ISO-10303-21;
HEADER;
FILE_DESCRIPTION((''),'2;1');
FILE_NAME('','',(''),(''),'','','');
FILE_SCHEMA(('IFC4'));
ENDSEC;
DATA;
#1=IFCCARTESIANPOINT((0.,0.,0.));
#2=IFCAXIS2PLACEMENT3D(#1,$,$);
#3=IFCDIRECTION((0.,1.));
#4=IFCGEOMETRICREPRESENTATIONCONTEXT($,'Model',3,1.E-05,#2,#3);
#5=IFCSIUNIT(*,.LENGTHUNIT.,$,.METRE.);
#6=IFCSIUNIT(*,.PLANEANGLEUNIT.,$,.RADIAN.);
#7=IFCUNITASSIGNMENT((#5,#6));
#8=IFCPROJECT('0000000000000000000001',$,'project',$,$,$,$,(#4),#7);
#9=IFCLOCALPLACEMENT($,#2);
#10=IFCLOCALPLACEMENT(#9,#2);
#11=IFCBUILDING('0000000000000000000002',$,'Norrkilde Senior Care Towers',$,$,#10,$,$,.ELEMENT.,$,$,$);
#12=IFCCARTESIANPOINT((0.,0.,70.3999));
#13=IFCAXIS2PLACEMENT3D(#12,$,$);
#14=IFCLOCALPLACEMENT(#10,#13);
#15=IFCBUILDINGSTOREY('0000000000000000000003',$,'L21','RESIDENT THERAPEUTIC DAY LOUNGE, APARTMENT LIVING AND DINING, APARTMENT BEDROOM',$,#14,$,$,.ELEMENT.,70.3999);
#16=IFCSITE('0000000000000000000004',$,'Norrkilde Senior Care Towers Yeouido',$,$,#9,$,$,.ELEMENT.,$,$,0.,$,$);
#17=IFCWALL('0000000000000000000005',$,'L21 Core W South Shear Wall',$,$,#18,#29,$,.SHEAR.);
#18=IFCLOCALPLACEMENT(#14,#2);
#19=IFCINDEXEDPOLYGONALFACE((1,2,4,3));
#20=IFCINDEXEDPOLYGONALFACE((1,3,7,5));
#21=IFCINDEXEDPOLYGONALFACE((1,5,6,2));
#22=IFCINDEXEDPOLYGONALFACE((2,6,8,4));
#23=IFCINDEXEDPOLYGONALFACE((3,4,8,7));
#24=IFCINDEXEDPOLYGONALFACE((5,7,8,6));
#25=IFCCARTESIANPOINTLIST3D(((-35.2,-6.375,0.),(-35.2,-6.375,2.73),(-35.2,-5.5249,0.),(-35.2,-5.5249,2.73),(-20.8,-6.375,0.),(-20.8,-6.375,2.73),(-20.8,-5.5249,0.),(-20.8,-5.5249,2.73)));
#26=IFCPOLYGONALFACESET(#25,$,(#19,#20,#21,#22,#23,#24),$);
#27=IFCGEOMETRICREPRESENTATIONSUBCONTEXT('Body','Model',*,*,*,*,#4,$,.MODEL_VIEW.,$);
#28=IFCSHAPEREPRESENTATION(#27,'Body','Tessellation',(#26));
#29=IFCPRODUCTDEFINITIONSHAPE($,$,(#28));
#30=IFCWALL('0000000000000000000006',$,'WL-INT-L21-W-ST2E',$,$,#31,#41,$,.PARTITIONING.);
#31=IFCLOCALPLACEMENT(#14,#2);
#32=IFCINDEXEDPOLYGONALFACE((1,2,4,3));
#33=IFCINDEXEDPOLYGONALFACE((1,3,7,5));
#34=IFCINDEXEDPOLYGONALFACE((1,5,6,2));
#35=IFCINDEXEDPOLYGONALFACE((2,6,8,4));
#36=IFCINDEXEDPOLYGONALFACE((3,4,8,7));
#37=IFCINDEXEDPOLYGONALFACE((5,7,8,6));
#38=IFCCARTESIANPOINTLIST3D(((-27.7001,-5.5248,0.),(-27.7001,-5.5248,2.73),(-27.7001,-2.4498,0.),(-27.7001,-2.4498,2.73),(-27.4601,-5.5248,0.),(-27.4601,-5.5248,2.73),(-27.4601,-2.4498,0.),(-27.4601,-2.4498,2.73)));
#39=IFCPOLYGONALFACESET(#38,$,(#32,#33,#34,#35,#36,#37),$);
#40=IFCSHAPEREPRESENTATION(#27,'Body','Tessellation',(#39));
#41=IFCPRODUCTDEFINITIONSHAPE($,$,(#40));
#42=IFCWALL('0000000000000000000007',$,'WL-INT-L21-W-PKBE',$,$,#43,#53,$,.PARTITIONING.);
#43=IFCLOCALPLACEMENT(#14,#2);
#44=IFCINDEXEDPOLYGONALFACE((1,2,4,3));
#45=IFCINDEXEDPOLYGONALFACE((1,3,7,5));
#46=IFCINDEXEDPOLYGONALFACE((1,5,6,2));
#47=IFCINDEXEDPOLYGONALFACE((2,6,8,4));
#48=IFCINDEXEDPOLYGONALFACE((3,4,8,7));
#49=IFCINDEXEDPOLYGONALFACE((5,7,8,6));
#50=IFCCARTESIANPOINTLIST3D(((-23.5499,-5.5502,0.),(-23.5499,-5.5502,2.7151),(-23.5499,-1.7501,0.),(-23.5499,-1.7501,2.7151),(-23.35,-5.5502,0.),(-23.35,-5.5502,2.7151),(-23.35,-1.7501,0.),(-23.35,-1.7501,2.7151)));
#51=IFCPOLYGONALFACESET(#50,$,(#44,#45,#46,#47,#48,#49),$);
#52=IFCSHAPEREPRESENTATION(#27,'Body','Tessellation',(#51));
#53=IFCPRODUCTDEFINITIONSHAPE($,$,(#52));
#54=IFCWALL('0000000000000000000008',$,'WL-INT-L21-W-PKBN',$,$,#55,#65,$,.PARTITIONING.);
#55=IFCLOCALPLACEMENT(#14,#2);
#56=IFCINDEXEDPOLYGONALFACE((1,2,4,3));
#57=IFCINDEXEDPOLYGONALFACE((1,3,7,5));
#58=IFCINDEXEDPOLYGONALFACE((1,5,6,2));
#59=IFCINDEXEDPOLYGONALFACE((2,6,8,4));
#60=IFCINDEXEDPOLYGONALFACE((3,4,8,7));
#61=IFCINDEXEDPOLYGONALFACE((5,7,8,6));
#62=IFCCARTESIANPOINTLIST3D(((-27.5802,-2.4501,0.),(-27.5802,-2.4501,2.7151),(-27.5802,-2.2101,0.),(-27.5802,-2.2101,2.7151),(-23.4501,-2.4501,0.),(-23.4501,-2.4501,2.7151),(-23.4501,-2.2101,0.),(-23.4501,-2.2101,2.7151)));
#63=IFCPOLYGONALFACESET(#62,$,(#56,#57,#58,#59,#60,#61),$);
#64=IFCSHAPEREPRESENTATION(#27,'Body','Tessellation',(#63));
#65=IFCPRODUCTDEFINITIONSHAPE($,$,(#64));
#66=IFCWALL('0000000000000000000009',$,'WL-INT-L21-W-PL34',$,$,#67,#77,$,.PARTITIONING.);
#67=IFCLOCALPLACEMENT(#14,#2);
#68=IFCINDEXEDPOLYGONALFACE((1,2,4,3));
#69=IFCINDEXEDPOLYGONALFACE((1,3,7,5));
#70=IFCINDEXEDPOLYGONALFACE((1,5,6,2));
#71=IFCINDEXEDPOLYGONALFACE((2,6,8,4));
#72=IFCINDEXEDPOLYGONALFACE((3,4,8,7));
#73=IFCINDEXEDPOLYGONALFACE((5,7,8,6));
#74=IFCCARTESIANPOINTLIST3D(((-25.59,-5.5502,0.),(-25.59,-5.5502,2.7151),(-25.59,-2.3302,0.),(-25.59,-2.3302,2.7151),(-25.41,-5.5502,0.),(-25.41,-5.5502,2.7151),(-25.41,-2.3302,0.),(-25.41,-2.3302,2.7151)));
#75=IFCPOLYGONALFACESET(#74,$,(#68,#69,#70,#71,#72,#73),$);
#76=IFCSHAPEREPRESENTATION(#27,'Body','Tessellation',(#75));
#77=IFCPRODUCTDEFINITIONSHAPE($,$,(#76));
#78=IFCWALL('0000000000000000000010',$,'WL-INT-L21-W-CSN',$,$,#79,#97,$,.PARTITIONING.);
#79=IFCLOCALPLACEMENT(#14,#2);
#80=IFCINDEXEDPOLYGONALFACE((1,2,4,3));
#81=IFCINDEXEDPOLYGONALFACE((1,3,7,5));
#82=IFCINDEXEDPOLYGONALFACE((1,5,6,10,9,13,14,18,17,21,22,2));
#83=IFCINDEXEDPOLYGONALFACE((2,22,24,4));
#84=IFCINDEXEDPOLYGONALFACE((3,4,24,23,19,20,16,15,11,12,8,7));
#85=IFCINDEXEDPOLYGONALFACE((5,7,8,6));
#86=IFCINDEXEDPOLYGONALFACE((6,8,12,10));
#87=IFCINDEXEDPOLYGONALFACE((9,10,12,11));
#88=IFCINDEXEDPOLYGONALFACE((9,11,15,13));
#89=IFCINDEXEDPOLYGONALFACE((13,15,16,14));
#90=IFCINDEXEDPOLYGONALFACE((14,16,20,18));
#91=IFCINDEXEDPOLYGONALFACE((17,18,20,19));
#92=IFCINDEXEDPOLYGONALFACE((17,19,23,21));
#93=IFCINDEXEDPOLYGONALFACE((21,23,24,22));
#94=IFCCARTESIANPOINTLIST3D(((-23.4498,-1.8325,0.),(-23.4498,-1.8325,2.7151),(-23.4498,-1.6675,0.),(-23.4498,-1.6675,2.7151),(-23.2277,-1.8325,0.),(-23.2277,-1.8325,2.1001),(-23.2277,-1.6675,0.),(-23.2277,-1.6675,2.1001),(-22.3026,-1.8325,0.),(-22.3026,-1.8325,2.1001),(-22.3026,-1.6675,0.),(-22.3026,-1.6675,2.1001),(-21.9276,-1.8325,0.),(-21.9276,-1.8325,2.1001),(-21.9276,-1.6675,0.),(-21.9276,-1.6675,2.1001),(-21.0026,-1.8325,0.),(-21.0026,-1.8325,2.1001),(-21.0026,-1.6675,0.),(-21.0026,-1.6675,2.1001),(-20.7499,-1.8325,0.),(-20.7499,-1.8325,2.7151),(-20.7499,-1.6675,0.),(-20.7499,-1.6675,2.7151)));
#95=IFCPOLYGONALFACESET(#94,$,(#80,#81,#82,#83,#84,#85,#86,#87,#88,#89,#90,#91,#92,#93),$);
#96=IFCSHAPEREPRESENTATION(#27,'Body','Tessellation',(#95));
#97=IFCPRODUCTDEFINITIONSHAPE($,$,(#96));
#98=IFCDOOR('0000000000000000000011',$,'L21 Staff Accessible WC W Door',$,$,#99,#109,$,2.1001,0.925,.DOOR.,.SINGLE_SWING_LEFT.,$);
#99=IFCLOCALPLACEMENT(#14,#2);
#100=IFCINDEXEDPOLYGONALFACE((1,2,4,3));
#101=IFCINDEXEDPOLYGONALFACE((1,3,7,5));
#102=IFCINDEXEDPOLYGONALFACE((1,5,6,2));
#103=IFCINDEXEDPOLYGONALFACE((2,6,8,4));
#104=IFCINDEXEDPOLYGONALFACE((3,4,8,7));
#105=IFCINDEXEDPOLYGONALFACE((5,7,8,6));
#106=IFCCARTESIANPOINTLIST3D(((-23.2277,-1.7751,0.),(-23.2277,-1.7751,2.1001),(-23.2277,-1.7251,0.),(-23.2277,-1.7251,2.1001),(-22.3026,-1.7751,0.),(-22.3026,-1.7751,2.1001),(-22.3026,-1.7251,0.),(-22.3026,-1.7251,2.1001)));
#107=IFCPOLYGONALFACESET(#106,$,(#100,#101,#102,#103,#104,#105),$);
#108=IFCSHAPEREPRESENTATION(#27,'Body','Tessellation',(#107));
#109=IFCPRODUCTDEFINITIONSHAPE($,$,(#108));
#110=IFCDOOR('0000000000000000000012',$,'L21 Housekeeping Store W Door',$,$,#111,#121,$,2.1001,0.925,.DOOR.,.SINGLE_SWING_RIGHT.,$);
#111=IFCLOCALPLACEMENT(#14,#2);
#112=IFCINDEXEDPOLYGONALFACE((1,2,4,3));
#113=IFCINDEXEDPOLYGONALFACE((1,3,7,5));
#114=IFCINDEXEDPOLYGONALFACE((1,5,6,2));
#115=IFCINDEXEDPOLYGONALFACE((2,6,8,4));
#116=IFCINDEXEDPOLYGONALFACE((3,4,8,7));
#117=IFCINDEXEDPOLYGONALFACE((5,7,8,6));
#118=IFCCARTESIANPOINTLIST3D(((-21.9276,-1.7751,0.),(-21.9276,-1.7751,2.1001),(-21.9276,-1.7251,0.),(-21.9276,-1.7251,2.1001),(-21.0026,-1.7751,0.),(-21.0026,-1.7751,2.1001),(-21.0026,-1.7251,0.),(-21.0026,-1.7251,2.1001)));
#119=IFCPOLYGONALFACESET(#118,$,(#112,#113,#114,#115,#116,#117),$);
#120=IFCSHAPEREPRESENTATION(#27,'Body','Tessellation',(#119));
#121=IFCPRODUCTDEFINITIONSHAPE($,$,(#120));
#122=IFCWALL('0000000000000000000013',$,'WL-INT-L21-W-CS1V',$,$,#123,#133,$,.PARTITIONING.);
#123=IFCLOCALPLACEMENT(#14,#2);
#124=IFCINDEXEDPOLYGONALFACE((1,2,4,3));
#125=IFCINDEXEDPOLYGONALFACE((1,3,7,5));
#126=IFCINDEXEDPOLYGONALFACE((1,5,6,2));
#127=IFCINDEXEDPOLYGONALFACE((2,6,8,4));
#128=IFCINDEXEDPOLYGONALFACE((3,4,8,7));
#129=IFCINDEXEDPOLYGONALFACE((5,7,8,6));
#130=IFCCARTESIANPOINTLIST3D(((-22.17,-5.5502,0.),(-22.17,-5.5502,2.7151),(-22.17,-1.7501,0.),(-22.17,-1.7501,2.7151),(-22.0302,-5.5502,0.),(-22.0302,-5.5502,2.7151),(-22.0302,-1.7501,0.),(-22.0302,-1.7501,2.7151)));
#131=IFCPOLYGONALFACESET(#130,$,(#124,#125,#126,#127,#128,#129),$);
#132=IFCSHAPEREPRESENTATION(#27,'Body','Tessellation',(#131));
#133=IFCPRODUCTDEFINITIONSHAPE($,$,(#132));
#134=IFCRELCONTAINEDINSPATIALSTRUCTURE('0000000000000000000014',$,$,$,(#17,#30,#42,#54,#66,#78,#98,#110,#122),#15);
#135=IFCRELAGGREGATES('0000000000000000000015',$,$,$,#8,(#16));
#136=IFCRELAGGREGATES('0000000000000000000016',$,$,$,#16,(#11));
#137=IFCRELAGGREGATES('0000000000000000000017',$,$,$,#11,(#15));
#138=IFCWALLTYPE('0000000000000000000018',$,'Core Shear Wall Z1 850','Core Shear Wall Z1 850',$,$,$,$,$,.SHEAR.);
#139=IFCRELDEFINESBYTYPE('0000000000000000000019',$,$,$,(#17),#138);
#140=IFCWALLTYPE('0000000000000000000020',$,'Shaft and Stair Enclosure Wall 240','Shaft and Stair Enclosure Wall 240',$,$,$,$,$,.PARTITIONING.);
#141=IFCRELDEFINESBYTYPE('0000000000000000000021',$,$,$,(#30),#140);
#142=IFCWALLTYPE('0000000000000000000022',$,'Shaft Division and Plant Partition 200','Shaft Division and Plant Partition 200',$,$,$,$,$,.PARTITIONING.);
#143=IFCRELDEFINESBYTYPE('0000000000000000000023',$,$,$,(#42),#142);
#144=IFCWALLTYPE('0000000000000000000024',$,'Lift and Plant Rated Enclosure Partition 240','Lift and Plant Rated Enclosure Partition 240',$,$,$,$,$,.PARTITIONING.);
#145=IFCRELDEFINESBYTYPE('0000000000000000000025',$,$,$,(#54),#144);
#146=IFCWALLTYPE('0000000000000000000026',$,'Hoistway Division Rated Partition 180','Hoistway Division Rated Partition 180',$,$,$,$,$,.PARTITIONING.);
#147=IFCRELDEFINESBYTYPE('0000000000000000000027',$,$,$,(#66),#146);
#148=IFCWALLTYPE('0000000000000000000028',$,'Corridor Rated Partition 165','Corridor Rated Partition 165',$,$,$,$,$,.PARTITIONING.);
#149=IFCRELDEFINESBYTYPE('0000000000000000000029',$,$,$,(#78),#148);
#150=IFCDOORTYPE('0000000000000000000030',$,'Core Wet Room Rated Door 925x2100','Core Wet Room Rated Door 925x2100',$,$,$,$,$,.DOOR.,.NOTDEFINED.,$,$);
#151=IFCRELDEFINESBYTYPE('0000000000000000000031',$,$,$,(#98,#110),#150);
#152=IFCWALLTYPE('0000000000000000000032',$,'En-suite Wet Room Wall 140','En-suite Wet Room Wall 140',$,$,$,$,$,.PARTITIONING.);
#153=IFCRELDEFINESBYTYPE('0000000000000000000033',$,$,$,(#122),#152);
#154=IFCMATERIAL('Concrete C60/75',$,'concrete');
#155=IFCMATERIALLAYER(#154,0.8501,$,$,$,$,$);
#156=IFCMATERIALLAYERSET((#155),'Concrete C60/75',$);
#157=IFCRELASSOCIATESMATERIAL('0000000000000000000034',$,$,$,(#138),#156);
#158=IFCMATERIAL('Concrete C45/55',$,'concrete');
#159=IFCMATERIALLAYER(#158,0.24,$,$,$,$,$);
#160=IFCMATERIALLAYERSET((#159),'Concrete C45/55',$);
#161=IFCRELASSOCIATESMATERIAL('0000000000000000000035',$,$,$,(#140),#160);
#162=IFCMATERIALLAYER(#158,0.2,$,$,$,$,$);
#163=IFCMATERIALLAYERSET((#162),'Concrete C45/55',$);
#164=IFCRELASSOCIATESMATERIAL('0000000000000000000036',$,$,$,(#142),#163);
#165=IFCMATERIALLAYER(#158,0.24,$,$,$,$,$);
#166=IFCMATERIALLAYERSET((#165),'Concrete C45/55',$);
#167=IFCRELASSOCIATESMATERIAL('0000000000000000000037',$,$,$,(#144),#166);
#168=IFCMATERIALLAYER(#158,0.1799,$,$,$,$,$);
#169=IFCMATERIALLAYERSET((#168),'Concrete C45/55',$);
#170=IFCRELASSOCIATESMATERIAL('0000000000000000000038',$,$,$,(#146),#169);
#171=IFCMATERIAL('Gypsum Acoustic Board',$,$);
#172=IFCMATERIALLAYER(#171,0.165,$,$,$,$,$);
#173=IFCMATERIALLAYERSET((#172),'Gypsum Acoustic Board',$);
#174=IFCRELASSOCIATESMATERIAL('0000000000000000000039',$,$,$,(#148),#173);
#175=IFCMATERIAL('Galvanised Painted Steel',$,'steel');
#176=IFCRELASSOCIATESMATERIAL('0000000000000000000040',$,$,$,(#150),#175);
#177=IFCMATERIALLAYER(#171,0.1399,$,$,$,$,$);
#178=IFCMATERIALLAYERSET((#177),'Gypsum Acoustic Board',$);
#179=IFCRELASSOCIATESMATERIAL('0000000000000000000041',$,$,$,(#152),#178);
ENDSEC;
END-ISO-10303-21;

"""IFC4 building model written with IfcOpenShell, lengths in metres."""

from ifc_helpers import new_model, si_unit, direction, frame, frame_2d, origin, place, context, subcontext, project, spatial, rectangle, extrude, source, transform, mapped, material, layer, layer_set, type_object, type_shapes, element, fill, save


model = new_model("IFC4")

# Units and contexts
model_context = context("Model", 3, precision=1e-05, world=origin(), true_north=direction((0.0, 1.0)))
body_context = subcontext(model_context, "Body", "Model", "MODEL_VIEW")
ifc_project = project(units=[si_unit("LENGTHUNIT", "METRE"), si_unit("PLANEANGLEUNIT", "RADIAN")], contexts=[model_context])

# Site, building, storey
site_placement = place(None, origin())
site = spatial("IfcSite", under=ifc_project, at=site_placement, Name="Norrkilde Senior Care Towers Yeouido", CompositionType="ELEMENT", RefElevation=0.0)
building_placement = place(site_placement, origin())
building = spatial("IfcBuilding", under=site, at=building_placement, Name="Norrkilde Senior Care Towers", CompositionType="ELEMENT")
storey_placement = place(building_placement, frame((0.0, 0.0, 70.3999)))
storey = spatial("IfcBuildingStorey", under=building, at=storey_placement, Name="L21", Description="RESIDENT THERAPEUTIC DAY LOUNGE, APARTMENT LIVING AND DINING, APARTMENT BEDROOM", CompositionType="ELEMENT", Elevation=70.3999)

# Shared definitions
ifc_material_1 = material(Name="Concrete C60/75", Category="concrete")

# Walls
ifc_layer_1 = layer(ifc_material_1, 0.8501)
ifc_layer_set_1 = layer_set([ifc_layer_1], Name="Concrete C60/75")
wall_type_1 = type_object("IfcWallType", Name="Core Shear Wall Z1 850", Description="Core Shear Wall Z1 850", PredefinedType="SHEAR", material=ifc_layer_set_1)
shared_shape_1 = source(origin(), body_context, "Body", "SweptSolid", [
    extrude(rectangle(XDim=14.3999, YDim=0.8501, at=frame_2d((7.2, 0.0))), origin(), (0.0, 0.0, 1.0), 2.73),
])
type_shapes(wall_type_1, [shared_shape_1])
wall_1_placement = place(storey_placement, frame((-20.8, -5.95, 0.0), z_axis=(0.0, 0.0, 1.0), x_axis=(-1.0, 0.0, 0.0)))
element("IfcWall", 1, at=wall_1_placement, inside=storey, type_object=wall_type_1, Name="L21 Core W South Shear Wall", PredefinedType="SHEAR", context=body_context, shape_type="MappedRepresentation", body=[
    mapped(shared_shape_1, transform((0.0, 0.0, 0.0), x_axis=(1.0, 0.0, 0.0), y_axis=(0.0, 1.0, 0.0), z_axis=(0.0, 0.0, 1.0), scale=1.0)),
])
ifc_material_2 = material(Name="Concrete C45/55", Category="concrete")
ifc_layer_2 = layer(ifc_material_2, 0.24)
ifc_layer_set_2 = layer_set([ifc_layer_2], Name="Concrete C45/55")
wall_type_2 = type_object("IfcWallType", Name="Shaft and Stair Enclosure Wall 240", Description="Shaft and Stair Enclosure Wall 240", PredefinedType="PARTITIONING", material=ifc_layer_set_2)
shared_shape_2 = source(origin(), body_context, "Body", "SweptSolid", [
    extrude(rectangle(XDim=3.075, YDim=0.24, at=frame_2d((1.5376, 0.0))), origin(), (0.0, 0.0, 1.0), 2.73),
])
type_shapes(wall_type_2, [shared_shape_2])
wall_2_placement = place(storey_placement, frame((-27.5801, -5.5249, 0.0), z_axis=(0.0, 0.0, 1.0), x_axis=(0.0, 1.0, 0.0)))
element("IfcWall", 2, at=wall_2_placement, inside=storey, type_object=wall_type_2, Name="WL-INT-L21-W-ST2E", PredefinedType="PARTITIONING", context=body_context, shape_type="MappedRepresentation", body=[
    mapped(shared_shape_2, transform((0.0, 0.0, 0.0), x_axis=(1.0, 0.0, 0.0), y_axis=(0.0, 1.0, 0.0), z_axis=(0.0, 0.0, 1.0), scale=1.0)),
])
ifc_layer_3 = layer(ifc_material_2, 0.2)
ifc_layer_set_3 = layer_set([ifc_layer_3], Name="Concrete C45/55")
wall_type_3 = type_object("IfcWallType", Name="Shaft Division and Plant Partition 200", Description="Shaft Division and Plant Partition 200", PredefinedType="PARTITIONING", material=ifc_layer_set_3)
shared_shape_3 = source(origin(), body_context, "Body", "SweptSolid", [
    extrude(rectangle(XDim=3.8, YDim=0.2, at=frame_2d((1.8999, 0.0))), origin(), (0.0, 0.0, 1.0), 2.7151),
])
type_shapes(wall_type_3, [shared_shape_3])
wall_3_placement = place(storey_placement, frame((-23.45, -5.55, 0.0), z_axis=(0.0, 0.0, 1.0), x_axis=(0.0, 1.0, 0.0)))
element("IfcWall", 3, at=wall_3_placement, inside=storey, type_object=wall_type_3, Name="WL-INT-L21-W-PKBE", PredefinedType="PARTITIONING", context=body_context, shape_type="MappedRepresentation", body=[
    mapped(shared_shape_3, transform((0.0, 0.0, 0.0), x_axis=(1.0, 0.0, 0.0), y_axis=(0.0, 1.0, 0.0), z_axis=(0.0, 0.0, 1.0), scale=1.0)),
])
ifc_layer_4 = layer(ifc_material_2, 0.24)
ifc_layer_set_4 = layer_set([ifc_layer_4], Name="Concrete C45/55")
wall_type_4 = type_object("IfcWallType", Name="Lift and Plant Rated Enclosure Partition 240", Description="Lift and Plant Rated Enclosure Partition 240", PredefinedType="PARTITIONING", material=ifc_layer_set_4)
shared_shape_4 = source(origin(), body_context, "Body", "SweptSolid", [
    extrude(rectangle(XDim=4.1301, YDim=0.24, at=frame_2d((2.0649, 0.0))), origin(), (0.0, 0.0, 1.0), 2.7151),
])
type_shapes(wall_type_4, [shared_shape_4])
wall_4_placement = place(storey_placement, frame((-27.5801, -2.3301, 0.0), z_axis=(0.0, 0.0, 1.0), x_axis=(1.0, 0.0, 0.0)))
element("IfcWall", 4, at=wall_4_placement, inside=storey, type_object=wall_type_4, Name="WL-INT-L21-W-PKBN", PredefinedType="PARTITIONING", context=body_context, shape_type="MappedRepresentation", body=[
    mapped(shared_shape_4, transform((0.0, 0.0, 0.0), x_axis=(1.0, 0.0, 0.0), y_axis=(0.0, 1.0, 0.0), z_axis=(0.0, 0.0, 1.0), scale=1.0)),
])
ifc_layer_5 = layer(ifc_material_2, 0.1799)
ifc_layer_set_5 = layer_set([ifc_layer_5], Name="Concrete C45/55")
wall_type_5 = type_object("IfcWallType", Name="Hoistway Division Rated Partition 180", Description="Hoistway Division Rated Partition 180", PredefinedType="PARTITIONING", material=ifc_layer_set_5)
shared_shape_5 = source(origin(), body_context, "Body", "SweptSolid", [
    extrude(rectangle(XDim=3.22, YDim=0.1799, at=frame_2d((1.6099, 0.0))), origin(), (0.0, 0.0, 1.0), 2.7151),
])
type_shapes(wall_type_5, [shared_shape_5])
wall_5_placement = place(storey_placement, frame((-25.5, -5.55, 0.0), z_axis=(0.0, 0.0, 1.0), x_axis=(0.0, 1.0, 0.0)))
element("IfcWall", 5, at=wall_5_placement, inside=storey, type_object=wall_type_5, Name="WL-INT-L21-W-PL34", PredefinedType="PARTITIONING", context=body_context, shape_type="MappedRepresentation", body=[
    mapped(shared_shape_5, transform((0.0, 0.0, 0.0), x_axis=(1.0, 0.0, 0.0), y_axis=(0.0, 1.0, 0.0), z_axis=(0.0, 0.0, 1.0), scale=1.0)),
])

# Wall, openings, doors
ifc_material_3 = material(Name="Gypsum Acoustic Board")
ifc_layer_6 = layer(ifc_material_3, 0.165)
ifc_layer_set_6 = layer_set([ifc_layer_6], Name="Gypsum Acoustic Board")
wall_type_6 = type_object("IfcWallType", Name="Corridor Rated Partition 165", Description="Corridor Rated Partition 165", PredefinedType="PARTITIONING", material=ifc_layer_set_6)
shared_shape_6 = source(origin(), body_context, "Body", "SweptSolid", [
    extrude(rectangle(XDim=2.7, YDim=0.165, at=frame_2d((1.3501, 0.0))), origin(), (0.0, 0.0, 1.0), 2.7151),
])
wall_6_placement = place(storey_placement, frame((-23.45, -1.75, 0.0), z_axis=(0.0, 0.0, 1.0), x_axis=(1.0, 0.0, 0.0)))
wall_6 = element("IfcWall", 6, at=wall_6_placement, inside=storey, type_object=wall_type_6, Name="WL-INT-L21-W-CSN", PredefinedType="PARTITIONING", context=body_context, shape_type="MappedRepresentation", body=[
    mapped(shared_shape_6, transform((0.0, 0.0, 0.0), x_axis=(1.0, 0.0, 0.0), y_axis=(0.0, 1.0, 0.0), z_axis=(0.0, 0.0, 1.0), scale=1.0)),
])
opening_1_placement = place(wall_6_placement, frame((0.2224, 0.0, 0.0)))
opening_1 = element("IfcOpeningElement", 7, at=opening_1_placement, cuts=wall_6, PredefinedType="OPENING", context=body_context, shape_type="SweptSolid", body=[
    extrude(rectangle(XDim=0.925, YDim=2.1001, at=frame_2d((0.4624, 1.05))), frame((0.0, 0.0925, 0.0), z_axis=(0.0, -1.0, 0.0), x_axis=(1.0, 0.0, 0.0)), (0.0, 0.0, 1.0), 0.1851),
])
opening_2_placement = place(wall_6_placement, frame((1.5225, 0.0, 0.0)))
opening_2 = element("IfcOpeningElement", 8, at=opening_2_placement, cuts=wall_6, PredefinedType="OPENING", context=body_context, shape_type="SweptSolid", body=[
    extrude(rectangle(XDim=0.925, YDim=2.1001, at=frame_2d((0.4624, 1.05))), frame((0.0, 0.0925, 0.0), z_axis=(0.0, -1.0, 0.0), x_axis=(1.0, 0.0, 0.0)), (0.0, 0.0, 1.0), 0.1851),
])
ifc_material_4 = material(Name="Galvanised Painted Steel", Category="steel")
door_type_1 = type_object("IfcDoorType", Name="Core Wet Room Rated Door 925x2100", Description="Core Wet Room Rated Door 925x2100", OperationType="NOTDEFINED", PredefinedType="DOOR", material=ifc_material_4)
shared_shape_7 = source(origin(), body_context, "Body", "SweptSolid", [
    extrude(rectangle(XDim=0.925, YDim=2.1001, at=frame_2d((0.4624, 1.05))), frame((0.0, 0.0249, 0.0), z_axis=(0.0, -1.0, 0.0), x_axis=(1.0, 0.0, 0.0)), (0.0, 0.0, 1.0), 0.05),
])
type_shapes(door_type_1, [shared_shape_7])
door_1_placement = place(opening_1_placement, origin())
door_1 = element("IfcDoor", 9, at=door_1_placement, inside=storey, type_object=door_type_1, Name="L21 Staff Accessible WC W Door", OperationType="SINGLE_SWING_LEFT", OverallHeight=2.1001, OverallWidth=0.925, PredefinedType="DOOR", context=body_context, shape_type="MappedRepresentation", body=[
    mapped(shared_shape_7, transform((0.0, 0.0, 0.0), x_axis=(1.0, 0.0, 0.0), y_axis=(0.0, 1.0, 0.0), z_axis=(0.0, 0.0, 1.0), scale=1.0)),
])
fill(opening_1, door_1)
door_2_placement = place(opening_2_placement, origin())
door_2 = element("IfcDoor", 10, at=door_2_placement, inside=storey, type_object=door_type_1, Name="L21 Housekeeping Store W Door", OperationType="SINGLE_SWING_RIGHT", OverallHeight=2.1001, OverallWidth=0.925, PredefinedType="DOOR", context=body_context, shape_type="MappedRepresentation", body=[
    mapped(shared_shape_7, transform((0.0, 0.0, 0.0), x_axis=(1.0, 0.0, 0.0), y_axis=(0.0, 1.0, 0.0), z_axis=(0.0, 0.0, 1.0), scale=1.0)),
])
fill(opening_2, door_2)

# Wall
ifc_layer_7 = layer(ifc_material_3, 0.1399)
ifc_layer_set_7 = layer_set([ifc_layer_7], Name="Gypsum Acoustic Board")
wall_type_7 = type_object("IfcWallType", Name="En-suite Wet Room Wall 140", Description="En-suite Wet Room Wall 140", PredefinedType="PARTITIONING", material=ifc_layer_set_7)
shared_shape_8 = source(origin(), body_context, "Body", "SweptSolid", [
    extrude(rectangle(XDim=3.8, YDim=0.1399, at=frame_2d((1.8999, 0.0))), origin(), (0.0, 0.0, 1.0), 2.7151),
])
wall_7_placement = place(storey_placement, frame((-22.1001, -5.55, 0.0), z_axis=(0.0, 0.0, 1.0), x_axis=(0.0, 1.0, 0.0)))
element("IfcWall", 11, at=wall_7_placement, inside=storey, type_object=wall_type_7, Name="WL-INT-L21-W-CS1V", PredefinedType="PARTITIONING", context=body_context, shape_type="MappedRepresentation", body=[
    mapped(shared_shape_8, transform((0.0, 0.0, 0.0), x_axis=(1.0, 0.0, 0.0), y_axis=(0.0, 1.0, 0.0), z_axis=(0.0, 0.0, 1.0), scale=1.0)),
])

save(model, "model.ifc")
